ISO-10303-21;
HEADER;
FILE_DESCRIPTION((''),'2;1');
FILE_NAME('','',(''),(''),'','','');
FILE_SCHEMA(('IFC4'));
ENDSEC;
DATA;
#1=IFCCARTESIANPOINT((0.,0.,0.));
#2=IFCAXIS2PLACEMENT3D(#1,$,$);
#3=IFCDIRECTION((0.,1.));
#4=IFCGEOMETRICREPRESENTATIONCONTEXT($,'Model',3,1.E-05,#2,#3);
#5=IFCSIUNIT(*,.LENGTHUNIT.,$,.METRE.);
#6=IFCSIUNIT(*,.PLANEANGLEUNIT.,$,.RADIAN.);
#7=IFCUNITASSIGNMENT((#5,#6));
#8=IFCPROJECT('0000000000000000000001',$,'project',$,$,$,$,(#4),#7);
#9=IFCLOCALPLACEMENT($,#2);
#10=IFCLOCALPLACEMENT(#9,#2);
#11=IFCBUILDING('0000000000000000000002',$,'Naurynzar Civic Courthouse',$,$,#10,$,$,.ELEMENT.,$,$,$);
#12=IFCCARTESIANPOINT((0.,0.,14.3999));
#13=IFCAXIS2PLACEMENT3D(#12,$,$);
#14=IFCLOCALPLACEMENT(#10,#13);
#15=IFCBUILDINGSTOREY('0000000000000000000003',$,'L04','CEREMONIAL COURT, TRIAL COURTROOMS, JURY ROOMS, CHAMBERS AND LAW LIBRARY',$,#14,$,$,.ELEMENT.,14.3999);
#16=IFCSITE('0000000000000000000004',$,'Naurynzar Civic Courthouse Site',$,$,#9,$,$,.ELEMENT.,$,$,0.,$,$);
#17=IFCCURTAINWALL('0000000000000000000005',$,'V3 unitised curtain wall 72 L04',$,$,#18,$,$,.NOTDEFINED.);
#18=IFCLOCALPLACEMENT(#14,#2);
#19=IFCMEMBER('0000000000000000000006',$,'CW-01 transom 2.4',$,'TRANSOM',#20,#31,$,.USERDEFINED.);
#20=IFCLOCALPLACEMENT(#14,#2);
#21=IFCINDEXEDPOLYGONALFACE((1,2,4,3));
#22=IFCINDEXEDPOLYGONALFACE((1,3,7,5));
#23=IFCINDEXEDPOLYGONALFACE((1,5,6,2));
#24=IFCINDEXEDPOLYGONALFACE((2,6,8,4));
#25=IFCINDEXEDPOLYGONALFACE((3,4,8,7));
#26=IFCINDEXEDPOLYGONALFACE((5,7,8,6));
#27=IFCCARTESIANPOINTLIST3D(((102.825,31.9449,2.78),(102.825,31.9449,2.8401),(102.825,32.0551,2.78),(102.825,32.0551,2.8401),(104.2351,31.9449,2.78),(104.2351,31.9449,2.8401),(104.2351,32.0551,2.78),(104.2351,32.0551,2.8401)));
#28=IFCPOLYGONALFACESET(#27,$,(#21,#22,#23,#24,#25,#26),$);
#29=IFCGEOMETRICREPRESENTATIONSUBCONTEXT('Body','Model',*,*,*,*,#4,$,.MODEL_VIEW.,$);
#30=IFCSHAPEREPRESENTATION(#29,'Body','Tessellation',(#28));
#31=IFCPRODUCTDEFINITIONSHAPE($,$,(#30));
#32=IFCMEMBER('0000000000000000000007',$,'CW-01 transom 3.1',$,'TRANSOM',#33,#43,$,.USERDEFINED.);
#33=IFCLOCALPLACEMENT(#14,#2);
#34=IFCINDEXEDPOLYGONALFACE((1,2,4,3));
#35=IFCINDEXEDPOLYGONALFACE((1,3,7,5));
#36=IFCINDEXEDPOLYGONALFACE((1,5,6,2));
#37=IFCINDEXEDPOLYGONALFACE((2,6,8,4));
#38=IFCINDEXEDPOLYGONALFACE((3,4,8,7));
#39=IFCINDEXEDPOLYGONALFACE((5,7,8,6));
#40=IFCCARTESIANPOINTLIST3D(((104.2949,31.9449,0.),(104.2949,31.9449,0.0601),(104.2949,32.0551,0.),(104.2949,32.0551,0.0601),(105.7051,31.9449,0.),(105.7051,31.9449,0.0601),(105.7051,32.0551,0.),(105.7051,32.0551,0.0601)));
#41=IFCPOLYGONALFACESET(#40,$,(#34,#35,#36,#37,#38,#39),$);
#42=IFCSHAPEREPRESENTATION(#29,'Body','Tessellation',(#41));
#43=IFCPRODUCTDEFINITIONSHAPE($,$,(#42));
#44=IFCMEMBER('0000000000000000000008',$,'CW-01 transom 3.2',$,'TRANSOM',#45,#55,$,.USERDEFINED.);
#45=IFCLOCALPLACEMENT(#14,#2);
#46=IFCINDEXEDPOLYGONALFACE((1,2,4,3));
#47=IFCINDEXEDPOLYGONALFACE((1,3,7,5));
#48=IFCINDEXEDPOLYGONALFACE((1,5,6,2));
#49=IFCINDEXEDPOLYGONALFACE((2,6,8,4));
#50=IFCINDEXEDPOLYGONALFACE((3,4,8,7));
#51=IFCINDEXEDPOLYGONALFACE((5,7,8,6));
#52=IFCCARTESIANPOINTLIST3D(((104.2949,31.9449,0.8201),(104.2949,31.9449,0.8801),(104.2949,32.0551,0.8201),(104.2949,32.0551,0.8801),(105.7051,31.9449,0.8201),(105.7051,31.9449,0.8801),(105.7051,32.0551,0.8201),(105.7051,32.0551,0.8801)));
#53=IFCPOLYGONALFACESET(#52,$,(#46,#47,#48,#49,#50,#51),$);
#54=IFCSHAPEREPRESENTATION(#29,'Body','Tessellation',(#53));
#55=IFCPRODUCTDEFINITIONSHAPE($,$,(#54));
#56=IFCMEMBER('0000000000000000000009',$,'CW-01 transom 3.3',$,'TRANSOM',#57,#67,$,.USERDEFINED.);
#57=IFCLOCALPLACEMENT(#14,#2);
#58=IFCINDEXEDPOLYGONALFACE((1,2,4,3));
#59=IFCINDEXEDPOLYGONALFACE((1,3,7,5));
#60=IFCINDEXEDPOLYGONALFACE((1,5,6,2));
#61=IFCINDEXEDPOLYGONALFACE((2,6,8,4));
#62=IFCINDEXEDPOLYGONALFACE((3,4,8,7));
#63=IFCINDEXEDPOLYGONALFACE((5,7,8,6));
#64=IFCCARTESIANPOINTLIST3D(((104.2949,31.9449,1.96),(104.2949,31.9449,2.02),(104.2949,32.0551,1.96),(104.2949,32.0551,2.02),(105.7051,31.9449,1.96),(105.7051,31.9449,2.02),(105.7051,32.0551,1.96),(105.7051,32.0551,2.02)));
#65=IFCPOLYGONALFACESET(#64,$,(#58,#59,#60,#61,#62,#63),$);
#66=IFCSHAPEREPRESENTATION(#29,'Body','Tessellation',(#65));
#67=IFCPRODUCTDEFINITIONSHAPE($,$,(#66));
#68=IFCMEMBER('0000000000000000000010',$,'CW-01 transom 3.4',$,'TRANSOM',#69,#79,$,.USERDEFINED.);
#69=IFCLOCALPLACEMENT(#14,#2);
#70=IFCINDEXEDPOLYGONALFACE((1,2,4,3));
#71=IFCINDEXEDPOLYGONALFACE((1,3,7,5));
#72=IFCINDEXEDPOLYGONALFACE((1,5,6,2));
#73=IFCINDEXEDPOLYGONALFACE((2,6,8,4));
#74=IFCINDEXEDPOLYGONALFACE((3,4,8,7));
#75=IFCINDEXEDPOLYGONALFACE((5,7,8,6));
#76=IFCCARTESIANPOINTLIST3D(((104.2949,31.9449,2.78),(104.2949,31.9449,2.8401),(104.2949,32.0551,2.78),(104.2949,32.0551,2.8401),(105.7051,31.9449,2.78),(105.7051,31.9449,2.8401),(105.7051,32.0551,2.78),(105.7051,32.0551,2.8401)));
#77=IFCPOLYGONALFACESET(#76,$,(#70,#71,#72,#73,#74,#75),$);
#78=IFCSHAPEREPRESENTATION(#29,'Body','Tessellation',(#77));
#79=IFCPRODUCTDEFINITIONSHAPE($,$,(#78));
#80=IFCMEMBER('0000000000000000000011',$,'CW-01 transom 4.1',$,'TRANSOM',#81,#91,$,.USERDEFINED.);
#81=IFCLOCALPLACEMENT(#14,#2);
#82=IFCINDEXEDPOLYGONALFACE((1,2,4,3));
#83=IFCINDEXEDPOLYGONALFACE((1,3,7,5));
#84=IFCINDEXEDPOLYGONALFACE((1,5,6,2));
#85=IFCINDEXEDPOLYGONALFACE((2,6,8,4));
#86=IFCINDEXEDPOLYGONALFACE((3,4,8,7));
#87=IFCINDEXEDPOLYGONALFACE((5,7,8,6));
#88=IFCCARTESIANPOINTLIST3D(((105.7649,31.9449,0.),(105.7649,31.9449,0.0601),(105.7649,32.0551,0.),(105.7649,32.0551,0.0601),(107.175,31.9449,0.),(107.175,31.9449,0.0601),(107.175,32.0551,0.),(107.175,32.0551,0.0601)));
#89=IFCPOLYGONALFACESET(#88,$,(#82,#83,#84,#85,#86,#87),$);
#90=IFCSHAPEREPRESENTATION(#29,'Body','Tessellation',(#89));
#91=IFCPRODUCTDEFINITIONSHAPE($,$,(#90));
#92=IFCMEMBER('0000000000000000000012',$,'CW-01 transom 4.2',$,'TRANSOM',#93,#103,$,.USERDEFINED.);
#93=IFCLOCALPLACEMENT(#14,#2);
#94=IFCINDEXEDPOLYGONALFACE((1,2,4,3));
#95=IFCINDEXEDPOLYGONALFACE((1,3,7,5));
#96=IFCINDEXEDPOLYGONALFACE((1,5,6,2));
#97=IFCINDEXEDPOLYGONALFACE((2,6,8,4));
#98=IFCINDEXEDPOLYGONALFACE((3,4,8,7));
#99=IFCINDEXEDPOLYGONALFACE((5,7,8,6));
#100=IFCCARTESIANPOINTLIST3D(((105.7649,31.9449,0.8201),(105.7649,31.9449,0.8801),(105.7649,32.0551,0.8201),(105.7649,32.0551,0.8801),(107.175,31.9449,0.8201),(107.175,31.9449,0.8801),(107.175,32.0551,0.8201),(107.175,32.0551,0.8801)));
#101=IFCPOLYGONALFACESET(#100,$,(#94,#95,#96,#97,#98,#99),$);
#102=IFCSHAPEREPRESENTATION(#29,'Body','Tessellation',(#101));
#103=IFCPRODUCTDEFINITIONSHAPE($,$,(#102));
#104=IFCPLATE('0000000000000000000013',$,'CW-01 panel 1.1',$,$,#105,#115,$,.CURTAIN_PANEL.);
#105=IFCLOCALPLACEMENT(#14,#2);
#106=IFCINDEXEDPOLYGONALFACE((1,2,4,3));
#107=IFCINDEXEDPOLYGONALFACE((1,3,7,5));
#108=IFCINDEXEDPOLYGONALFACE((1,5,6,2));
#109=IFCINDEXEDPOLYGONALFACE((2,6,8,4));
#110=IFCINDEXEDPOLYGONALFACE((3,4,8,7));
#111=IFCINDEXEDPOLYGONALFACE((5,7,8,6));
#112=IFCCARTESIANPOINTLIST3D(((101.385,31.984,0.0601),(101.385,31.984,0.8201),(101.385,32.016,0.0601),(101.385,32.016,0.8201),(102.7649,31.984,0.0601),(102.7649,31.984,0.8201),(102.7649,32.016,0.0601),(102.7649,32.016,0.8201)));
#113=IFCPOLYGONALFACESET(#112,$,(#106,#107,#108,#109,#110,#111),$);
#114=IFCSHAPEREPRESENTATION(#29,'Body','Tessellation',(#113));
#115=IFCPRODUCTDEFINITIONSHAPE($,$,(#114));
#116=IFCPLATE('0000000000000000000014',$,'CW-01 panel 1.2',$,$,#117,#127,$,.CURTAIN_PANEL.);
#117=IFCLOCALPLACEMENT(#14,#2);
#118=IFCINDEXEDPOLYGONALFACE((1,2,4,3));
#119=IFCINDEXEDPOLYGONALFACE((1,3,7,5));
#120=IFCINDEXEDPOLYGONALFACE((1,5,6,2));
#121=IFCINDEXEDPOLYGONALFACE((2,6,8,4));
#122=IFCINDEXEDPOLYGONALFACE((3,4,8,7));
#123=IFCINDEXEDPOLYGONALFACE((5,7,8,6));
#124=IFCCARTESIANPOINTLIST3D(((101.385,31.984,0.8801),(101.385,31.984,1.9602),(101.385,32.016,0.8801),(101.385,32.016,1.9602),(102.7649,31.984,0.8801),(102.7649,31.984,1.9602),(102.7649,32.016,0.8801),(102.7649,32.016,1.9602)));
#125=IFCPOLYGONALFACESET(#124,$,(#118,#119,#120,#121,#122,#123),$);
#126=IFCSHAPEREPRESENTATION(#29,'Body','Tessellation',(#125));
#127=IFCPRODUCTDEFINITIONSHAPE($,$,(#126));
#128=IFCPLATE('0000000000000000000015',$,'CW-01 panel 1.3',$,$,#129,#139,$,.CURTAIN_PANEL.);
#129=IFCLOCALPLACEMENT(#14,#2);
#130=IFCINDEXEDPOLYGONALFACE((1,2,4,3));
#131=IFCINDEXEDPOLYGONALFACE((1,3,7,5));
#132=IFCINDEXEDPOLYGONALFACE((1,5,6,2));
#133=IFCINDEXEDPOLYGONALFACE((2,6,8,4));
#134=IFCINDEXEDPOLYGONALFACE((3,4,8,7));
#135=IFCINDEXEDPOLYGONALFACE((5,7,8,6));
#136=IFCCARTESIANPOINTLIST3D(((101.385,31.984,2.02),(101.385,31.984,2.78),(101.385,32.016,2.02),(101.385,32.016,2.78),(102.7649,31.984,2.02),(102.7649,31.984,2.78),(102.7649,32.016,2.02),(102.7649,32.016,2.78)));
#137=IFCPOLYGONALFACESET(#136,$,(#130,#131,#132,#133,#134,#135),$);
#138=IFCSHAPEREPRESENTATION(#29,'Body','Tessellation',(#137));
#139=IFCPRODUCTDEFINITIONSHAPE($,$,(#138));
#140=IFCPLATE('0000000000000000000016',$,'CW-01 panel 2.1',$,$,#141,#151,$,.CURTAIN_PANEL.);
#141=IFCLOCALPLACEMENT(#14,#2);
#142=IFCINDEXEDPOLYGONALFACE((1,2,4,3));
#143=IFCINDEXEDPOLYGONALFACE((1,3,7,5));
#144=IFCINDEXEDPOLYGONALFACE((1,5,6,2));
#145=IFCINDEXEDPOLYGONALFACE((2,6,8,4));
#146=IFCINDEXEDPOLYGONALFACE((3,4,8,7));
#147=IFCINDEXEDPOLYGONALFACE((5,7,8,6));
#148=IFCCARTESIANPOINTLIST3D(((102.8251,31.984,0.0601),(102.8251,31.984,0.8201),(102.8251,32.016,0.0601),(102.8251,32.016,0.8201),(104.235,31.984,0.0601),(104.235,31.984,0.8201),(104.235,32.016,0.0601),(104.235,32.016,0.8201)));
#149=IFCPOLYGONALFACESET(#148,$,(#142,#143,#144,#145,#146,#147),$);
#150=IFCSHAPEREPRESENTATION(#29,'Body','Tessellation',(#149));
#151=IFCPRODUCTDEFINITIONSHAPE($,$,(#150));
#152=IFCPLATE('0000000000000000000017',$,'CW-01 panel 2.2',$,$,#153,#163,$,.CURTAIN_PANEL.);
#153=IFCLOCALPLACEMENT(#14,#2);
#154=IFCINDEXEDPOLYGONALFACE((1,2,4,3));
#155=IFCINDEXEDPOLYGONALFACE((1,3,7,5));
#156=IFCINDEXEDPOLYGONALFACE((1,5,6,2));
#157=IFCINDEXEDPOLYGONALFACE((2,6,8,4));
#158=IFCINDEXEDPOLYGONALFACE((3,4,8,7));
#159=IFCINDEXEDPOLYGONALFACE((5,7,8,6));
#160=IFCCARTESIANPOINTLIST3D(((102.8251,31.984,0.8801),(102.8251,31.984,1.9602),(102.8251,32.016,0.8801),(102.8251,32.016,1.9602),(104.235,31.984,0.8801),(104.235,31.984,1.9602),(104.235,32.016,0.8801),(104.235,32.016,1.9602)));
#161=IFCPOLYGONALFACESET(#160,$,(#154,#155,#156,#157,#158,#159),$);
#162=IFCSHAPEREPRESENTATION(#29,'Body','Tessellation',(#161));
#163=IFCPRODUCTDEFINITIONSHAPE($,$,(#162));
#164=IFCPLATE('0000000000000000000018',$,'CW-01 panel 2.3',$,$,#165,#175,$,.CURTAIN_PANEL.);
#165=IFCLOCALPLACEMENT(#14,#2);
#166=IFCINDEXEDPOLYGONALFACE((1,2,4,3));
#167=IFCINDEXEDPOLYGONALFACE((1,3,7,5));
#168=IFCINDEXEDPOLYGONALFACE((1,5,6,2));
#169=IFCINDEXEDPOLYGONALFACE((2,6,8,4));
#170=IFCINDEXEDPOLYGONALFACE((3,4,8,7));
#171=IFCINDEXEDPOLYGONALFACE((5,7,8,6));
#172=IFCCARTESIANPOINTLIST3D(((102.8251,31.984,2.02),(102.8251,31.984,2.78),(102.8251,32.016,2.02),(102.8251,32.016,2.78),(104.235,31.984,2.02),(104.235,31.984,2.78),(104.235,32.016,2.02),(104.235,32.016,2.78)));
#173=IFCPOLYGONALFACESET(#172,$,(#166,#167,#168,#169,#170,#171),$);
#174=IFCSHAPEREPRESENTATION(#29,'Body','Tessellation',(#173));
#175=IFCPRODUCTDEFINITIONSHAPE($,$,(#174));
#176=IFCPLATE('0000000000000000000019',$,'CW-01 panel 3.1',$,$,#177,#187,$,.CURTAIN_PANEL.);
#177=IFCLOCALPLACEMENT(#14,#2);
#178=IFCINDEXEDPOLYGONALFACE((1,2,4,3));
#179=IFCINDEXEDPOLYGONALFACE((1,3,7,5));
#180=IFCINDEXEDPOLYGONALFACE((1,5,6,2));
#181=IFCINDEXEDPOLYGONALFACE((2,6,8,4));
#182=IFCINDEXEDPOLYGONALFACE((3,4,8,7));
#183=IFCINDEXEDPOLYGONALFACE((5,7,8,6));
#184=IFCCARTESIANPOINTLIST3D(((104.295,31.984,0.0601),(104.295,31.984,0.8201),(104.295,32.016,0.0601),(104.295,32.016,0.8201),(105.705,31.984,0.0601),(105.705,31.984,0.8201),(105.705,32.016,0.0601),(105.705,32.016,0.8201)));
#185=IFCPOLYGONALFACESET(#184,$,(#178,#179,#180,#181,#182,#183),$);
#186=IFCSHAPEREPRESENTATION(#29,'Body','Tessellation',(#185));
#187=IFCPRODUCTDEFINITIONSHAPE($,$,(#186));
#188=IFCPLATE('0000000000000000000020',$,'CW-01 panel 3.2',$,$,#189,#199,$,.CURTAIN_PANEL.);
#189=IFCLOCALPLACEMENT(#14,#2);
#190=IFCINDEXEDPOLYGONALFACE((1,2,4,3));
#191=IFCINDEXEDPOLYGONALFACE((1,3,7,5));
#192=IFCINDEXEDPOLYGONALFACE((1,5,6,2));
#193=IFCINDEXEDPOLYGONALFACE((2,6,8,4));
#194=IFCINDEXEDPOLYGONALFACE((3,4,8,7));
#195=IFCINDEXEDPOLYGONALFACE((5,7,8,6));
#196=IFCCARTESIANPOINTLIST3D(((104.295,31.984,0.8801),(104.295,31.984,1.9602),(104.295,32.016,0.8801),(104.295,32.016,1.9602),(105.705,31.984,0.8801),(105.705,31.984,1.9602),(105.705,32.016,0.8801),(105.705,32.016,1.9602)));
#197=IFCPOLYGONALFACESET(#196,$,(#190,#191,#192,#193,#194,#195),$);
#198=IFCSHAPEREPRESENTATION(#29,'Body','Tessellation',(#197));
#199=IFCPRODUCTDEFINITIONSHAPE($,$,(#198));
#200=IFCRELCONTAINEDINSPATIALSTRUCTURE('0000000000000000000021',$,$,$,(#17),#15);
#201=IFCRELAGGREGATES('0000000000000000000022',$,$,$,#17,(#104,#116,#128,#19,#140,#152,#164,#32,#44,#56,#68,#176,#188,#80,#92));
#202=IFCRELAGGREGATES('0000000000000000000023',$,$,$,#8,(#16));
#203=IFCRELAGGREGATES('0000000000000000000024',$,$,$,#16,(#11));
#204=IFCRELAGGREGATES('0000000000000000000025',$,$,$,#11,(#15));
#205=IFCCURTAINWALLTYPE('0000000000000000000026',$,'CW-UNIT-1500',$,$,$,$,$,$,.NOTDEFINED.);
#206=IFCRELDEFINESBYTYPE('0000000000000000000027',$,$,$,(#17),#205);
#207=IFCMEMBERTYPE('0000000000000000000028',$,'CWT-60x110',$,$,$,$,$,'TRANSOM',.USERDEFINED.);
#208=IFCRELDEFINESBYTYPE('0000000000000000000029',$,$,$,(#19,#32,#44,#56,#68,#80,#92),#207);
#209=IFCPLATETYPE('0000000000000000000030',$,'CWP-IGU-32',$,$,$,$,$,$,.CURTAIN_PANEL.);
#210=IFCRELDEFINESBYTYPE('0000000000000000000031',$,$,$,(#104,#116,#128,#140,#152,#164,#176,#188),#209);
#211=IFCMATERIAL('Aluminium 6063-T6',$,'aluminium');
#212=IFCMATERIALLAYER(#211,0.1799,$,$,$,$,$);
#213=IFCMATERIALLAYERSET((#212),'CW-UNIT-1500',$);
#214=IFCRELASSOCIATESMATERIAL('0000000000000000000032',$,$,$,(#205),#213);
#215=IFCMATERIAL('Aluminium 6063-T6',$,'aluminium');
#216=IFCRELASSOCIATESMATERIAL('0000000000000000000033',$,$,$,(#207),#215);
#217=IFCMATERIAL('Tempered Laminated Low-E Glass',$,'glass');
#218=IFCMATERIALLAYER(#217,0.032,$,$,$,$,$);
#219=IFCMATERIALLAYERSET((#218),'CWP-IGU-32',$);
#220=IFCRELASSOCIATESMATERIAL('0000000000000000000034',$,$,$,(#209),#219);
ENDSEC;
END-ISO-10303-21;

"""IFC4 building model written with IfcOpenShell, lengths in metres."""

from ifc_helpers import new_model, si_unit, direction, frame, origin, origin_2d, place, context, subcontext, project, spatial, rectangle, extrude, material, layer, layer_set, material_profile, profile_set, type_object, element, aggregate, save


model = new_model("IFC4")

# Units and contexts
model_context = context("Model", 3, precision=1e-05, world=origin(), true_north=direction((0.0, 1.0)))
body_context = subcontext(model_context, "Body", "Model", "MODEL_VIEW")
ifc_project = project(units=[si_unit("LENGTHUNIT", "METRE"), si_unit("PLANEANGLEUNIT", "RADIAN")], contexts=[model_context])

# Site, building, storey
site_placement = place(None, origin())
site = spatial("IfcSite", under=ifc_project, at=site_placement, Name="Naurynzar Civic Courthouse Site", CompositionType="ELEMENT", RefElevation=0.0)
building_placement = place(site_placement, origin())
building = spatial("IfcBuilding", under=site, at=building_placement, Name="Naurynzar Civic Courthouse", CompositionType="ELEMENT")
storey_placement = place(building_placement, frame((0.0, 0.0, 14.3999)))
storey = spatial("IfcBuildingStorey", under=building, at=storey_placement, Name="L04", Description="CEREMONIAL COURT, TRIAL COURTROOMS, JURY ROOMS, CHAMBERS AND LAW LIBRARY", CompositionType="ELEMENT", Elevation=14.3999)

# Curtain wall, members, plates
ifc_material_1 = material(Name="Aluminium 6063-T6", Category="aluminium")
ifc_layer_1 = layer(ifc_material_1, 0.1799)
ifc_layer_set_1 = layer_set([ifc_layer_1], Name="CW-UNIT-1500")
curtain_wall_type = type_object("IfcCurtainWallType", Name="CW-UNIT-1500", PredefinedType="NOTDEFINED", material=ifc_layer_set_1)
curtain_wall_placement = place(storey_placement, origin())
curtain_wall = element("IfcCurtainWall", 1, at=curtain_wall_placement, inside=storey, type_object=curtain_wall_type, Name="V3 unitised curtain wall 72 L04", PredefinedType="NOTDEFINED")
ifc_material_2 = material(Name="Aluminium 6063-T6", Category="aluminium")
ifc_material_profile_1 = material_profile(ifc_material_2, rectangle(XDim=0.1101, YDim=0.0601, at=origin_2d()), Name="ALU TRANSOM 60x110")
ifc_profile_set_1 = profile_set([ifc_material_profile_1], Name="Aluminium 6063-T6")
member_type_1 = type_object("IfcMemberType", Name="CWT-60x110", ElementType="TRANSOM", PredefinedType="USERDEFINED", material=ifc_profile_set_1)
member_1_placement = place(storey_placement, frame((102.825, 32.0, 2.8101), z_axis=(1.0, 0.0, 0.0), x_axis=(0.0, 1.0, 0.0)))
member_1 = element("IfcMember", 2, at=member_1_placement, type_object=member_type_1, Name="CW-01 transom 2.4", ObjectType="TRANSOM", PredefinedType="USERDEFINED", context=body_context, shape_type="SweptSolid", body=[
    extrude(rectangle(XDim=0.1101, YDim=0.0601, at=origin_2d()), origin(), (0.0, 0.0, 1.0), 1.4102),
])
member_2_placement = place(storey_placement, frame((104.2949, 32.0, 0.03), z_axis=(1.0, 0.0, 0.0), x_axis=(0.0, 1.0, 0.0)))
member_2 = element("IfcMember", 3, at=member_2_placement, type_object=member_type_1, Name="CW-01 transom 3.1", ObjectType="TRANSOM", PredefinedType="USERDEFINED", context=body_context, shape_type="SweptSolid", body=[
    extrude(rectangle(XDim=0.1101, YDim=0.0601, at=origin_2d()), origin(), (0.0, 0.0, 1.0), 1.4102),
])
member_3_placement = place(storey_placement, frame((104.2949, 32.0, 0.8501), z_axis=(1.0, 0.0, 0.0), x_axis=(0.0, 1.0, 0.0)))
member_3 = element("IfcMember", 4, at=member_3_placement, type_object=member_type_1, Name="CW-01 transom 3.2", ObjectType="TRANSOM", PredefinedType="USERDEFINED", context=body_context, shape_type="SweptSolid", body=[
    extrude(rectangle(XDim=0.1101, YDim=0.0601, at=origin_2d()), origin(), (0.0, 0.0, 1.0), 1.4102),
])
member_4_placement = place(storey_placement, frame((104.2949, 32.0, 1.99), z_axis=(1.0, 0.0, 0.0), x_axis=(0.0, 1.0, 0.0)))
member_4 = element("IfcMember", 5, at=member_4_placement, type_object=member_type_1, Name="CW-01 transom 3.3", ObjectType="TRANSOM", PredefinedType="USERDEFINED", context=body_context, shape_type="SweptSolid", body=[
    extrude(rectangle(XDim=0.1101, YDim=0.0601, at=origin_2d()), origin(), (0.0, 0.0, 1.0), 1.4102),
])
member_5_placement = place(storey_placement, frame((104.2949, 32.0, 2.8101), z_axis=(1.0, 0.0, 0.0), x_axis=(0.0, 1.0, 0.0)))
member_5 = element("IfcMember", 6, at=member_5_placement, type_object=member_type_1, Name="CW-01 transom 3.4", ObjectType="TRANSOM", PredefinedType="USERDEFINED", context=body_context, shape_type="SweptSolid", body=[
    extrude(rectangle(XDim=0.1101, YDim=0.0601, at=origin_2d()), origin(), (0.0, 0.0, 1.0), 1.4102),
])
member_6_placement = place(storey_placement, frame((105.7649, 32.0, 0.03), z_axis=(1.0, 0.0, 0.0), x_axis=(0.0, 1.0, 0.0)))
member_6 = element("IfcMember", 7, at=member_6_placement, type_object=member_type_1, Name="CW-01 transom 4.1", ObjectType="TRANSOM", PredefinedType="USERDEFINED", context=body_context, shape_type="SweptSolid", body=[
    extrude(rectangle(XDim=0.1101, YDim=0.0601, at=origin_2d()), origin(), (0.0, 0.0, 1.0), 1.4102),
])
member_7_placement = place(storey_placement, frame((105.7649, 32.0, 0.8501), z_axis=(1.0, 0.0, 0.0), x_axis=(0.0, 1.0, 0.0)))
member_7 = element("IfcMember", 8, at=member_7_placement, type_object=member_type_1, Name="CW-01 transom 4.2", ObjectType="TRANSOM", PredefinedType="USERDEFINED", context=body_context, shape_type="SweptSolid", body=[
    extrude(rectangle(XDim=0.1101, YDim=0.0601, at=origin_2d()), origin(), (0.0, 0.0, 1.0), 1.4102),
])
ifc_material_3 = material(Name="Tempered Laminated Low-E Glass", Category="glass")
ifc_layer_2 = layer(ifc_material_3, 0.032)
ifc_layer_set_2 = layer_set([ifc_layer_2], Name="CWP-IGU-32")
plate_type = type_object("IfcPlateType", Name="CWP-IGU-32", PredefinedType="CURTAIN_PANEL", material=ifc_layer_set_2)
plate_1_placement = place(storey_placement, frame((102.075, 32.0, 0.0601), z_axis=(0.0, 0.0, 1.0), x_axis=(1.0, 0.0, 0.0)))
plate_1 = element("IfcPlate", 9, at=plate_1_placement, type_object=plate_type, Name="CW-01 panel 1.1", PredefinedType="CURTAIN_PANEL", context=body_context, shape_type="SweptSolid", body=[
    extrude(rectangle(XDim=1.3799, YDim=0.032, at=origin_2d()), origin(), (0.0, 0.0, 1.0), 0.76),
])
plate_2_placement = place(storey_placement, frame((102.075, 32.0, 0.8801), z_axis=(0.0, 0.0, 1.0), x_axis=(1.0, 0.0, 0.0)))
plate_2 = element("IfcPlate", 10, at=plate_2_placement, type_object=plate_type, Name="CW-01 panel 1.2", PredefinedType="CURTAIN_PANEL", context=body_context, shape_type="SweptSolid", body=[
    extrude(rectangle(XDim=1.3799, YDim=0.032, at=origin_2d()), origin(), (0.0, 0.0, 1.0), 1.0801),
])
plate_3_placement = place(storey_placement, frame((102.075, 32.0, 2.02), z_axis=(0.0, 0.0, 1.0), x_axis=(1.0, 0.0, 0.0)))
plate_3 = element("IfcPlate", 11, at=plate_3_placement, type_object=plate_type, Name="CW-01 panel 1.3", PredefinedType="CURTAIN_PANEL", context=body_context, shape_type="SweptSolid", body=[
    extrude(rectangle(XDim=1.3799, YDim=0.032, at=origin_2d()), origin(), (0.0, 0.0, 1.0), 0.76),
])
plate_4_placement = place(storey_placement, frame((103.53, 32.0, 0.0601), z_axis=(0.0, 0.0, 1.0), x_axis=(1.0, 0.0, 0.0)))
plate_4 = element("IfcPlate", 12, at=plate_4_placement, type_object=plate_type, Name="CW-01 panel 2.1", PredefinedType="CURTAIN_PANEL", context=body_context, shape_type="SweptSolid", body=[
    extrude(rectangle(XDim=1.4099, YDim=0.032, at=origin_2d()), origin(), (0.0, 0.0, 1.0), 0.76),
])
plate_5_placement = place(storey_placement, frame((103.53, 32.0, 0.8801), z_axis=(0.0, 0.0, 1.0), x_axis=(1.0, 0.0, 0.0)))
plate_5 = element("IfcPlate", 13, at=plate_5_placement, type_object=plate_type, Name="CW-01 panel 2.2", PredefinedType="CURTAIN_PANEL", context=body_context, shape_type="SweptSolid", body=[
    extrude(rectangle(XDim=1.4099, YDim=0.032, at=origin_2d()), origin(), (0.0, 0.0, 1.0), 1.0801),
])
plate_6_placement = place(storey_placement, frame((103.53, 32.0, 2.02), z_axis=(0.0, 0.0, 1.0), x_axis=(1.0, 0.0, 0.0)))
plate_6 = element("IfcPlate", 14, at=plate_6_placement, type_object=plate_type, Name="CW-01 panel 2.3", PredefinedType="CURTAIN_PANEL", context=body_context, shape_type="SweptSolid", body=[
    extrude(rectangle(XDim=1.4099, YDim=0.032, at=origin_2d()), origin(), (0.0, 0.0, 1.0), 0.76),
])
plate_7_placement = place(storey_placement, frame((105.0, 32.0, 0.0601), z_axis=(0.0, 0.0, 1.0), x_axis=(1.0, 0.0, 0.0)))
plate_7 = element("IfcPlate", 15, at=plate_7_placement, type_object=plate_type, Name="CW-01 panel 3.1", PredefinedType="CURTAIN_PANEL", context=body_context, shape_type="SweptSolid", body=[
    extrude(rectangle(XDim=1.4099, YDim=0.032, at=origin_2d()), origin(), (0.0, 0.0, 1.0), 0.76),
])
plate_8_placement = place(storey_placement, frame((105.0, 32.0, 0.8801), z_axis=(0.0, 0.0, 1.0), x_axis=(1.0, 0.0, 0.0)))
plate_8 = element("IfcPlate", 16, at=plate_8_placement, type_object=plate_type, Name="CW-01 panel 3.2", PredefinedType="CURTAIN_PANEL", context=body_context, shape_type="SweptSolid", body=[
    extrude(rectangle(XDim=1.4099, YDim=0.032, at=origin_2d()), origin(), (0.0, 0.0, 1.0), 1.0801),
])
aggregate(curtain_wall, [plate_1, plate_2, plate_3, member_1, plate_4, plate_5, plate_6, member_2, member_3, member_4, member_5, plate_7, plate_8, member_6, member_7])

save(model, "model.ifc")
